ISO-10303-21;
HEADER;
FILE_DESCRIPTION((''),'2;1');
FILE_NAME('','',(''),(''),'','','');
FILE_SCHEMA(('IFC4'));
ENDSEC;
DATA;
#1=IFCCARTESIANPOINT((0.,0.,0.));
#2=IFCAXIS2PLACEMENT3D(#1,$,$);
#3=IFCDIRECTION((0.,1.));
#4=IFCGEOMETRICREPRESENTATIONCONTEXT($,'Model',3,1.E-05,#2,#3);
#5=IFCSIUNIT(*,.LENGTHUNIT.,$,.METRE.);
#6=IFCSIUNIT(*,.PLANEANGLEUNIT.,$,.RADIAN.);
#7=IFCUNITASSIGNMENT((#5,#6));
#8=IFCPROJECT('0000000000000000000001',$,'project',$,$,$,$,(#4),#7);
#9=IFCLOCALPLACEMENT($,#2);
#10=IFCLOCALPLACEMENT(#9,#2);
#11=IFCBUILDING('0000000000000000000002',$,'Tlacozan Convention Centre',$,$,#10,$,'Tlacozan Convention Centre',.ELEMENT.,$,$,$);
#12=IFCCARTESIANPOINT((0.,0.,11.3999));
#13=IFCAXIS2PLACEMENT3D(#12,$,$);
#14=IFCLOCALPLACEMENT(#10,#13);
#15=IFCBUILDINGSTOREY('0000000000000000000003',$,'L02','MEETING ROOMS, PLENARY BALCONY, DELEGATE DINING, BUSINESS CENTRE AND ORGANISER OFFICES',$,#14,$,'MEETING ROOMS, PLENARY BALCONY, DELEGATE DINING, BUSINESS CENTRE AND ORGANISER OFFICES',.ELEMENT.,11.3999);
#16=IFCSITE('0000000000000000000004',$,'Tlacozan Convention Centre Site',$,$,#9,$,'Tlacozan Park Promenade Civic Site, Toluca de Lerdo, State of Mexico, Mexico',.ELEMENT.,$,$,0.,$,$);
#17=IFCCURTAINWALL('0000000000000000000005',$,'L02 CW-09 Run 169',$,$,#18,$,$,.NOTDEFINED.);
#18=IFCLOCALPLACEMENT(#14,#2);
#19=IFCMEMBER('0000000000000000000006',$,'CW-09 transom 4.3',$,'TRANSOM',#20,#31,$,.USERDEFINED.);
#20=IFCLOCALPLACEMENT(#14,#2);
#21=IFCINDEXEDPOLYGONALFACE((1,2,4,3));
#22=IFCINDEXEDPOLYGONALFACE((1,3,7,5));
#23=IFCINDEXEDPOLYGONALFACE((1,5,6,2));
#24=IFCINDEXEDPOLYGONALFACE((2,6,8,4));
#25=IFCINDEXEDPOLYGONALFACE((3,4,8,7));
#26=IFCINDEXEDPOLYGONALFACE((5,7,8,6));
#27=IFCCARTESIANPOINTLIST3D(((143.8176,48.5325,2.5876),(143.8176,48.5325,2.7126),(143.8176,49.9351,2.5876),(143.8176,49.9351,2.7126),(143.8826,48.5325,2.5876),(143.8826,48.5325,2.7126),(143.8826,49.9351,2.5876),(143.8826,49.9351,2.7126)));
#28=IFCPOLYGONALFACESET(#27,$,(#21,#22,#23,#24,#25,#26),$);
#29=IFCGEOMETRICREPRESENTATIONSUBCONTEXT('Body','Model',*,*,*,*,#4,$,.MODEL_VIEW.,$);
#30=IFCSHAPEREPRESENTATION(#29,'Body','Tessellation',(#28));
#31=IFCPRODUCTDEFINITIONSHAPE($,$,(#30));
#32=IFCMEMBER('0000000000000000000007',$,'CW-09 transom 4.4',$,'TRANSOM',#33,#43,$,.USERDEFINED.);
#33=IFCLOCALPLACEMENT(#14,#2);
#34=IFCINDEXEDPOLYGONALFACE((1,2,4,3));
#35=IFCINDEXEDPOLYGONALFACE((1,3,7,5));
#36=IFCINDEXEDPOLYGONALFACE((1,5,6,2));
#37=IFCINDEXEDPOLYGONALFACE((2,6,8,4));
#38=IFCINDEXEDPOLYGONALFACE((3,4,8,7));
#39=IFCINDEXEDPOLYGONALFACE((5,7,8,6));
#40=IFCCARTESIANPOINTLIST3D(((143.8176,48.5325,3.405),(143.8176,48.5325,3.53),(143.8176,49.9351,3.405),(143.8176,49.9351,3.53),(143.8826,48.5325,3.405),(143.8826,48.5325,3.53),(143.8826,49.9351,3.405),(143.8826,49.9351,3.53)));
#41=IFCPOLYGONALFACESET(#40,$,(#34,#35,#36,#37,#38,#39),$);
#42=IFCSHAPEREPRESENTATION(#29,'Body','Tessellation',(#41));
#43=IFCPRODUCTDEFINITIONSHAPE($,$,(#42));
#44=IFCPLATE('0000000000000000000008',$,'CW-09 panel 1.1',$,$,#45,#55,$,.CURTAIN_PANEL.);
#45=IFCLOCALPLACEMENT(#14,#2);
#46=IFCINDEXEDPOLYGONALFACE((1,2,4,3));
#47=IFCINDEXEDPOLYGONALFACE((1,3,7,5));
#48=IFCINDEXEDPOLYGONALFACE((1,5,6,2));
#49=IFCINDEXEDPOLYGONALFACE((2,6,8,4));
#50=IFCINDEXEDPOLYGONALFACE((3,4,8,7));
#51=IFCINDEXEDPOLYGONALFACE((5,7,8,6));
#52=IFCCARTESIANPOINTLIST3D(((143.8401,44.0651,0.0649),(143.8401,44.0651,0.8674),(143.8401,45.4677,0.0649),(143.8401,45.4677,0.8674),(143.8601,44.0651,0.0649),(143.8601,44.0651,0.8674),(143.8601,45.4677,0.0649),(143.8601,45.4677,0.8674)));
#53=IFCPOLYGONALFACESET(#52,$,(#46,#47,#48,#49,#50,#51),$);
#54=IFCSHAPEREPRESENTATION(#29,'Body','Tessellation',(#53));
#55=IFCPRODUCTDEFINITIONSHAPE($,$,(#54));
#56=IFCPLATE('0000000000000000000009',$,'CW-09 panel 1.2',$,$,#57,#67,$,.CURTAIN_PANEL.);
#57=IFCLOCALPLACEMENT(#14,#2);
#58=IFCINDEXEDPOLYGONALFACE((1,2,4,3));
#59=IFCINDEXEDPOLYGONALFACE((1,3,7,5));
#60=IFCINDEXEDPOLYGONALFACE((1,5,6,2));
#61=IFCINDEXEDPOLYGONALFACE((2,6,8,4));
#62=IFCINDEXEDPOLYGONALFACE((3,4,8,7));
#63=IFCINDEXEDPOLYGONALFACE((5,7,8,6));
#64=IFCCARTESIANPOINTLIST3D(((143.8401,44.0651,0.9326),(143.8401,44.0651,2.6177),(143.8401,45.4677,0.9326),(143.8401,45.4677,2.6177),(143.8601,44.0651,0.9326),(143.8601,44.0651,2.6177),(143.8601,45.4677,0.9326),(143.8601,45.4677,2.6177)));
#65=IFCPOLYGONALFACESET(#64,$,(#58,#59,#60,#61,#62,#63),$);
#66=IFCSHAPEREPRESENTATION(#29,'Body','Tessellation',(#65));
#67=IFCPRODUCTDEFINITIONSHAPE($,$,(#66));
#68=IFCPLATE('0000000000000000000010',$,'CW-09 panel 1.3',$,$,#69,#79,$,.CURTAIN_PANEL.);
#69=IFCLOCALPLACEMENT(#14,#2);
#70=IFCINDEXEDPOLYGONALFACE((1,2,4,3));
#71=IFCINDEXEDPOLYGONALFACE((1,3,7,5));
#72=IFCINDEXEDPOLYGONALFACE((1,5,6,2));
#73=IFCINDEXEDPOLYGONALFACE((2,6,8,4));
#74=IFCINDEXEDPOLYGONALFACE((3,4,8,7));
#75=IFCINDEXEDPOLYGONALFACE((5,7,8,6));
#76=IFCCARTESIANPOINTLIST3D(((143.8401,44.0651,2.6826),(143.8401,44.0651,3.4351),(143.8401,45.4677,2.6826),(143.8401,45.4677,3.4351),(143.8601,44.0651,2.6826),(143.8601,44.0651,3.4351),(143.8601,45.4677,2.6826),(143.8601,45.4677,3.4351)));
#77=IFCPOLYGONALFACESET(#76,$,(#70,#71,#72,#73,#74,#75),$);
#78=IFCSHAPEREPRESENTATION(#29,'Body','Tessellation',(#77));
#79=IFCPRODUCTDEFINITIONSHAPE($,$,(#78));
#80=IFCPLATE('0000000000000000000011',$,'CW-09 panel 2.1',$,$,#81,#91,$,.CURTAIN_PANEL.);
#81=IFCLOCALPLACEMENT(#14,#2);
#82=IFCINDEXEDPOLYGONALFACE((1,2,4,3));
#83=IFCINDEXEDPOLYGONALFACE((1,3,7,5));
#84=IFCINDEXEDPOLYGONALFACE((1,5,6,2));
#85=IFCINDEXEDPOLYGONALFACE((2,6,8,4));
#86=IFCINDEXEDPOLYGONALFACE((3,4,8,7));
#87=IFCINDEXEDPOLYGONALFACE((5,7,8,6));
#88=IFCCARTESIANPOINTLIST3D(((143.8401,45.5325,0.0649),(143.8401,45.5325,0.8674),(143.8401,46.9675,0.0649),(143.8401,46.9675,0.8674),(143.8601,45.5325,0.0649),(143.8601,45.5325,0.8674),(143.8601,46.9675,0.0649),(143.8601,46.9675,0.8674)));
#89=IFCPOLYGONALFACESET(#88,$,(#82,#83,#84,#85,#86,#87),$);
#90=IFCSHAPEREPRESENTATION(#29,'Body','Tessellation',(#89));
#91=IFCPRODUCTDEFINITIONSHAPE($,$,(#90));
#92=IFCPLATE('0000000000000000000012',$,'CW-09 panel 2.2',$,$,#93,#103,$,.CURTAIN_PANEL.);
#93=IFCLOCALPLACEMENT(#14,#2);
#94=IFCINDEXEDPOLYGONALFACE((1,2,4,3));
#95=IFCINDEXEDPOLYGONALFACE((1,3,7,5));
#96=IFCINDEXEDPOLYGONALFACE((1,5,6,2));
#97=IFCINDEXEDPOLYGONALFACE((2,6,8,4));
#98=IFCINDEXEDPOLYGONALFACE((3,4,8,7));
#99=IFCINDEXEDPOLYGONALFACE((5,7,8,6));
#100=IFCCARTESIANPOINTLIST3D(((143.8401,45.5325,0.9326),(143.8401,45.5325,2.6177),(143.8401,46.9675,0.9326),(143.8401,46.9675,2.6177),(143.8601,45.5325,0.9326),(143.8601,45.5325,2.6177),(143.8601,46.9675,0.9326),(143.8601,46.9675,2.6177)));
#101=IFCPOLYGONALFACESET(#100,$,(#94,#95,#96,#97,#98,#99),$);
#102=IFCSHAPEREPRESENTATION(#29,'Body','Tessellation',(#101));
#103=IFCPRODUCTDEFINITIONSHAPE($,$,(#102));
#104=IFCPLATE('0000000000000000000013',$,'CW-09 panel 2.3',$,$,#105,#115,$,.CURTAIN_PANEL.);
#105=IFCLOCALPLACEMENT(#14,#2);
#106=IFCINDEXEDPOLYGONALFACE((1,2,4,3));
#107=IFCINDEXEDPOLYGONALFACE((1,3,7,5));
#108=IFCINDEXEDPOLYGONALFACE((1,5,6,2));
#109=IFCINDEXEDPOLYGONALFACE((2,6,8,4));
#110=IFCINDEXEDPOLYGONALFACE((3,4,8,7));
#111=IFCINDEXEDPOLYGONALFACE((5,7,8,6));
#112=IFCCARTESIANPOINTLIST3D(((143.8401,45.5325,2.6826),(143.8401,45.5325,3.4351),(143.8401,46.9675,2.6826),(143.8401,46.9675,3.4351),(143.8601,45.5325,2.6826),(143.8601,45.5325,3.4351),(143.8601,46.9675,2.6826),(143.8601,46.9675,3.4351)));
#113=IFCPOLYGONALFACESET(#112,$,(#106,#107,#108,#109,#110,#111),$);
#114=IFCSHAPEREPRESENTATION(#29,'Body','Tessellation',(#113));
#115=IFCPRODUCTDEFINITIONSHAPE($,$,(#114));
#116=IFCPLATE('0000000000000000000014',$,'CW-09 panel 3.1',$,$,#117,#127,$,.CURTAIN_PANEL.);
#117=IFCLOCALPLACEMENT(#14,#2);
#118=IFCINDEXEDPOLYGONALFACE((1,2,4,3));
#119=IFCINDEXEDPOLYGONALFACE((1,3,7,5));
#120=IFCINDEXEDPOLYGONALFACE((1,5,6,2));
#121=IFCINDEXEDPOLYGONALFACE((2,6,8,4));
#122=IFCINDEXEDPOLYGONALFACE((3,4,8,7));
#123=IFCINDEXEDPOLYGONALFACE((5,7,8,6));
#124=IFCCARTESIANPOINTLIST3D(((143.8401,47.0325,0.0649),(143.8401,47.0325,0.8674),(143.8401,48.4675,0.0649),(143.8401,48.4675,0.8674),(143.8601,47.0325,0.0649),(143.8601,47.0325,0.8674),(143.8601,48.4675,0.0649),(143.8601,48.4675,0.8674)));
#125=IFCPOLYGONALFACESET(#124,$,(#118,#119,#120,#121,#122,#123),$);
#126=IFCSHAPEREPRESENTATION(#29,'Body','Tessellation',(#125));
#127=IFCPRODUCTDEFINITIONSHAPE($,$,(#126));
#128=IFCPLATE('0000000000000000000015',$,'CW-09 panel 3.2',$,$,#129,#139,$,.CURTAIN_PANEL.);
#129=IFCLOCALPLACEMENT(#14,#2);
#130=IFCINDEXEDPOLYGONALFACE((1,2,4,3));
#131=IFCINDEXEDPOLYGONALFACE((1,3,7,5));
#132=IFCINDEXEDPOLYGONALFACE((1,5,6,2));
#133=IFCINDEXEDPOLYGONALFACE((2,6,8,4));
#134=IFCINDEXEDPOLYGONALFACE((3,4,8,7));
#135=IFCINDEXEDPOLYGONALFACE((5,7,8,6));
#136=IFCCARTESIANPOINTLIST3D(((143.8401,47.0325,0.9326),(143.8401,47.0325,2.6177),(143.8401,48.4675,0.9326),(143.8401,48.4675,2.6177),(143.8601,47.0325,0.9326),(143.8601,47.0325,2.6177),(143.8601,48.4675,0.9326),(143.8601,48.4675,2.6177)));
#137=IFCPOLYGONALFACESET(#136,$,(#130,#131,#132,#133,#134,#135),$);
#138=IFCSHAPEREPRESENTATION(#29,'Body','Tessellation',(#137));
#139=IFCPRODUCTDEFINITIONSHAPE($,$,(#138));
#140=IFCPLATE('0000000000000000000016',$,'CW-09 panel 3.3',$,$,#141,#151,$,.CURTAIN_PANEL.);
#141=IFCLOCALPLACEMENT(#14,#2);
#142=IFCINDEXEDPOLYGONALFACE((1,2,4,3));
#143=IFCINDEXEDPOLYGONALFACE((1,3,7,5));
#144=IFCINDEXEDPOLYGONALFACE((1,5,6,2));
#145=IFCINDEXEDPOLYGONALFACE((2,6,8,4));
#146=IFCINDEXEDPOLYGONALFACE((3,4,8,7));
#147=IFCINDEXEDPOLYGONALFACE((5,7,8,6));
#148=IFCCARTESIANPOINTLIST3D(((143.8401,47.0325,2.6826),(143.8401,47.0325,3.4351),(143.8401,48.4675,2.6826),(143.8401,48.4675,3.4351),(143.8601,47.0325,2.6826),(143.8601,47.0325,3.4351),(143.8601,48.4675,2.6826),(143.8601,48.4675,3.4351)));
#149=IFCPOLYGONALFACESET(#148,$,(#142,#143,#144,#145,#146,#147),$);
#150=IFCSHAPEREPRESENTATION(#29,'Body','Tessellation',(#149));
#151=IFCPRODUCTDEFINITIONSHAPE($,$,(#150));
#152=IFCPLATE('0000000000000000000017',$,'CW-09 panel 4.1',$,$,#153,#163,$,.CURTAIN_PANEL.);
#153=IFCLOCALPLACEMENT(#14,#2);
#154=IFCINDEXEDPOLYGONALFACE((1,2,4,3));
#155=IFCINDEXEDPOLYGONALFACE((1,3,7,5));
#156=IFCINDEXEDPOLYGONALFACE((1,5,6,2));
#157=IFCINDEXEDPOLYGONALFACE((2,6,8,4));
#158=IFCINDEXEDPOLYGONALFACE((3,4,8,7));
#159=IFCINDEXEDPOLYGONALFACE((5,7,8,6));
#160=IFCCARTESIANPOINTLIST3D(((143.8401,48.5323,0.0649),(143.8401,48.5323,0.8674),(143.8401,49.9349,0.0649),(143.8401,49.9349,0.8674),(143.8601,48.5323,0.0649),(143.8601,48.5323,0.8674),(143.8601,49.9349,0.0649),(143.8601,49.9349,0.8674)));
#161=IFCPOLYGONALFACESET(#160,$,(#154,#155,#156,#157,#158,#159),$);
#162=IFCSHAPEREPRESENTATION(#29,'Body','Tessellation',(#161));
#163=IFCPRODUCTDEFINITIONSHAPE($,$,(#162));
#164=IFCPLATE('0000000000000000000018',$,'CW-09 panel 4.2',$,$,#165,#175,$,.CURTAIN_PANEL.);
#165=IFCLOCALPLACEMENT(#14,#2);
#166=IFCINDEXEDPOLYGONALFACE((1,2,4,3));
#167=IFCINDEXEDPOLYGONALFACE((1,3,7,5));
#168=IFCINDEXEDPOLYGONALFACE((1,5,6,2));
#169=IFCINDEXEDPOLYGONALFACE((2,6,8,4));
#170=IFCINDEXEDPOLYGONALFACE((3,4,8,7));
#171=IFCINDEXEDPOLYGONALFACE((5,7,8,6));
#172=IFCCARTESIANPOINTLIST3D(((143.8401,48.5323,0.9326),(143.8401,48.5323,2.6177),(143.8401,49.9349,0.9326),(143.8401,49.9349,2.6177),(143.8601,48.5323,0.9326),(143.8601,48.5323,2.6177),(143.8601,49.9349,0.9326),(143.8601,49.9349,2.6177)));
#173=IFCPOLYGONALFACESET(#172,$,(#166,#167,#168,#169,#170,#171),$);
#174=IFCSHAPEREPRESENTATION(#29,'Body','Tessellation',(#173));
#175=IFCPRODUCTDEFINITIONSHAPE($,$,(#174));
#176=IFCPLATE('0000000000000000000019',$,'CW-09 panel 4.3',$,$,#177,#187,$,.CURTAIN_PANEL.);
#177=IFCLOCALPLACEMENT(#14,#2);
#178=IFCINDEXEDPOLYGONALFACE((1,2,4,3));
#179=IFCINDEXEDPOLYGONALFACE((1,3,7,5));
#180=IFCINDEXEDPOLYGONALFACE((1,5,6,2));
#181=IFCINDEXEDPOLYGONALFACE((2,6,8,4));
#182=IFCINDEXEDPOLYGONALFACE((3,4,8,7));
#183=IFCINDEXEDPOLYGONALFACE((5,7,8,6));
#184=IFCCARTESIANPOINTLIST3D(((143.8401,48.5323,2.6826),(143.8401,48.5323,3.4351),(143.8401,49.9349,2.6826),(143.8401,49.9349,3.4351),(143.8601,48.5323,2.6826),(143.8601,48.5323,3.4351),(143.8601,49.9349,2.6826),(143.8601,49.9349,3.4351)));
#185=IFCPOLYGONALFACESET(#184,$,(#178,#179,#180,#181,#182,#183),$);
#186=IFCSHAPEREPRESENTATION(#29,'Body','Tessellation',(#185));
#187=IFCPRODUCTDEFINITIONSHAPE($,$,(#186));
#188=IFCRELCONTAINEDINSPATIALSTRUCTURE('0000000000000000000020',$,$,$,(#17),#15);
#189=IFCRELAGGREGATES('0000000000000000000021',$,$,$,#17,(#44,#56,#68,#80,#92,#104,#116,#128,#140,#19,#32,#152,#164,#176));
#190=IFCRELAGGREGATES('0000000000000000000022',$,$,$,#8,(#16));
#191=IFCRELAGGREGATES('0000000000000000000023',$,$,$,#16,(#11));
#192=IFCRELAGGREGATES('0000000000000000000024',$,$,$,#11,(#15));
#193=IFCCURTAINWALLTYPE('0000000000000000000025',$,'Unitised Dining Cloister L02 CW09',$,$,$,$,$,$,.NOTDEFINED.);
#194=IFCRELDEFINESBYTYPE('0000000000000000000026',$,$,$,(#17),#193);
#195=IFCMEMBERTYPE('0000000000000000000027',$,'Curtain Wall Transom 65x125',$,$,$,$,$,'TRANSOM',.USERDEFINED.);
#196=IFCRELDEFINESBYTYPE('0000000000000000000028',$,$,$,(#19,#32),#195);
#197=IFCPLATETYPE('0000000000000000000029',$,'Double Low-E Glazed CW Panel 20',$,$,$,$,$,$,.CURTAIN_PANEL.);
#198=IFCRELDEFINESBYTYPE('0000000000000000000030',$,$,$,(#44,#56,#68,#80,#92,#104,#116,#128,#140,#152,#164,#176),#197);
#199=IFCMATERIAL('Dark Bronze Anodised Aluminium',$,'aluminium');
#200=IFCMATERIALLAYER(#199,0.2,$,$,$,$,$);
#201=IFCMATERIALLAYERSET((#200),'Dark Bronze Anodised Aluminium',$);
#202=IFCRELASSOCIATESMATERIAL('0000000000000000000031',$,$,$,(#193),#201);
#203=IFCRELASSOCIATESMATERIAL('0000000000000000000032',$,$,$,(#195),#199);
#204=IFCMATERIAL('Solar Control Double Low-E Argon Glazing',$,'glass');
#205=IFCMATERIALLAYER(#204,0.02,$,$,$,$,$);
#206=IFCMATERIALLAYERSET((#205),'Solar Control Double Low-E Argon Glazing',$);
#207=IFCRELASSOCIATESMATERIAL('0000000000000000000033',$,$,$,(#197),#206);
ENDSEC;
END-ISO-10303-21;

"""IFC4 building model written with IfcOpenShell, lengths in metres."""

from ifc_helpers import new_model, si_unit, direction, frame, origin, origin_2d, place, context, subcontext, project, spatial, rectangle, extrude, material, layer, layer_set, material_profile, profile_set, type_object, element, aggregate, save


model = new_model("IFC4")

# Units and contexts
model_context = context("Model", 3, precision=1e-05, world=origin(), true_north=direction((0.0, 1.0)))
body_context = subcontext(model_context, "Body", "Model", "MODEL_VIEW")
ifc_project = project(units=[si_unit("LENGTHUNIT", "METRE"), si_unit("PLANEANGLEUNIT", "RADIAN")], contexts=[model_context])

# Site, building, storey
site_placement = place(None, origin())
site = spatial("IfcSite", under=ifc_project, at=site_placement, Name="Tlacozan Convention Centre Site", LongName="Tlacozan Park Promenade Civic Site, Toluca de Lerdo, State of Mexico, Mexico", CompositionType="ELEMENT", RefElevation=0.0)
building_placement = place(site_placement, origin())
building = spatial("IfcBuilding", under=site, at=building_placement, Name="Tlacozan Convention Centre", LongName="Tlacozan Convention Centre", CompositionType="ELEMENT")
storey_placement = place(building_placement, frame((0.0, 0.0, 11.3999)))
storey = spatial("IfcBuildingStorey", under=building, at=storey_placement, Name="L02", Description="MEETING ROOMS, PLENARY BALCONY, DELEGATE DINING, BUSINESS CENTRE AND ORGANISER OFFICES", LongName="MEETING ROOMS, PLENARY BALCONY, DELEGATE DINING, BUSINESS CENTRE AND ORGANISER OFFICES", CompositionType="ELEMENT", Elevation=11.3999)

# Curtain wall, members, plates
ifc_material_1 = material(Name="Dark Bronze Anodised Aluminium", Category="aluminium")
ifc_layer_1 = layer(ifc_material_1, 0.2)
ifc_layer_set_1 = layer_set([ifc_layer_1], Name="Dark Bronze Anodised Aluminium")
curtain_wall_type = type_object("IfcCurtainWallType", Name="Unitised Dining Cloister L02 CW09", PredefinedType="NOTDEFINED", material=ifc_layer_set_1)
curtain_wall_placement = place(storey_placement, origin())
curtain_wall = element("IfcCurtainWall", 1, at=curtain_wall_placement, inside=storey, type_object=curtain_wall_type, Name="L02 CW-09 Run 169", PredefinedType="NOTDEFINED")
ifc_material_profile_1 = material_profile(ifc_material_1, rectangle(XDim=0.0649, YDim=0.125, at=origin_2d()), Name="ALU 65x125")
ifc_profile_set_1 = profile_set([ifc_material_profile_1], Name="Dark Bronze Anodised Aluminium")
member_type_1 = type_object("IfcMemberType", Name="Curtain Wall Transom 65x125", ElementType="TRANSOM", PredefinedType="USERDEFINED", material=ifc_profile_set_1)
member_1_placement = place(storey_placement, frame((143.8501, 48.5325, 2.6501), z_axis=(0.0, 1.0, 0.0), x_axis=(-1.0, 0.0, 0.0)))
member_1 = element("IfcMember", 2, at=member_1_placement, type_object=member_type_1, Name="CW-09 transom 4.3", ObjectType="TRANSOM", PredefinedType="USERDEFINED", context=body_context, shape_type="SweptSolid", body=[
    extrude(rectangle(XDim=0.0649, YDim=0.125, at=origin_2d()), origin(), (0.0, 0.0, 1.0), 1.4026),
])
member_2_placement = place(storey_placement, frame((143.8501, 48.5325, 3.4675), z_axis=(0.0, 1.0, 0.0), x_axis=(-1.0, 0.0, 0.0)))
member_2 = element("IfcMember", 3, at=member_2_placement, type_object=member_type_1, Name="CW-09 transom 4.4", ObjectType="TRANSOM", PredefinedType="USERDEFINED", context=body_context, shape_type="SweptSolid", body=[
    extrude(rectangle(XDim=0.0649, YDim=0.125, at=origin_2d()), origin(), (0.0, 0.0, 1.0), 1.4026),
])
ifc_material_2 = material(Name="Solar Control Double Low-E Argon Glazing", Category="glass")
ifc_layer_2 = layer(ifc_material_2, 0.02)
ifc_layer_set_2 = layer_set([ifc_layer_2], Name="Solar Control Double Low-E Argon Glazing")
plate_type = type_object("IfcPlateType", Name="Double Low-E Glazed CW Panel 20", PredefinedType="CURTAIN_PANEL", material=ifc_layer_set_2)
plate_1_placement = place(storey_placement, frame((143.8501, 44.7664, 0.0649), z_axis=(0.0, 0.0, 1.0), x_axis=(0.0, 1.0, 0.0)))
plate_1 = element("IfcPlate", 4, at=plate_1_placement, type_object=plate_type, Name="CW-09 panel 1.1", PredefinedType="CURTAIN_PANEL", context=body_context, shape_type="SweptSolid", body=[
    extrude(rectangle(XDim=1.4026, YDim=0.02, at=origin_2d()), origin(), (0.0, 0.0, 1.0), 0.8025),
])
plate_2_placement = place(storey_placement, frame((143.8501, 44.7664, 0.9326), z_axis=(0.0, 0.0, 1.0), x_axis=(0.0, 1.0, 0.0)))
plate_2 = element("IfcPlate", 5, at=plate_2_placement, type_object=plate_type, Name="CW-09 panel 1.2", PredefinedType="CURTAIN_PANEL", context=body_context, shape_type="SweptSolid", body=[
    extrude(rectangle(XDim=1.4026, YDim=0.02, at=origin_2d()), origin(), (0.0, 0.0, 1.0), 1.6851),
])
plate_3_placement = place(storey_placement, frame((143.8501, 44.7664, 2.6826), z_axis=(0.0, 0.0, 1.0), x_axis=(0.0, 1.0, 0.0)))
plate_3 = element("IfcPlate", 6, at=plate_3_placement, type_object=plate_type, Name="CW-09 panel 1.3", PredefinedType="CURTAIN_PANEL", context=body_context, shape_type="SweptSolid", body=[
    extrude(rectangle(XDim=1.4026, YDim=0.02, at=origin_2d()), origin(), (0.0, 0.0, 1.0), 0.7524),
])
plate_4_placement = place(storey_placement, frame((143.8501, 46.25, 0.0649), z_axis=(0.0, 0.0, 1.0), x_axis=(0.0, 1.0, 0.0)))
plate_4 = element("IfcPlate", 7, at=plate_4_placement, type_object=plate_type, Name="CW-09 panel 2.1", PredefinedType="CURTAIN_PANEL", context=body_context, shape_type="SweptSolid", body=[
    extrude(rectangle(XDim=1.4351, YDim=0.02, at=origin_2d()), origin(), (0.0, 0.0, 1.0), 0.8025),
])
plate_5_placement = place(storey_placement, frame((143.8501, 46.25, 0.9326), z_axis=(0.0, 0.0, 1.0), x_axis=(0.0, 1.0, 0.0)))
plate_5 = element("IfcPlate", 8, at=plate_5_placement, type_object=plate_type, Name="CW-09 panel 2.2", PredefinedType="CURTAIN_PANEL", context=body_context, shape_type="SweptSolid", body=[
    extrude(rectangle(XDim=1.4351, YDim=0.02, at=origin_2d()), origin(), (0.0, 0.0, 1.0), 1.6851),
])
plate_6_placement = place(storey_placement, frame((143.8501, 46.25, 2.6826), z_axis=(0.0, 0.0, 1.0), x_axis=(0.0, 1.0, 0.0)))
plate_6 = element("IfcPlate", 9, at=plate_6_placement, type_object=plate_type, Name="CW-09 panel 2.3", PredefinedType="CURTAIN_PANEL", context=body_context, shape_type="SweptSolid", body=[
    extrude(rectangle(XDim=1.4351, YDim=0.02, at=origin_2d()), origin(), (0.0, 0.0, 1.0), 0.7524),
])
plate_7_placement = place(storey_placement, frame((143.8501, 47.75, 0.0649), z_axis=(0.0, 0.0, 1.0), x_axis=(0.0, 1.0, 0.0)))
plate_7 = element("IfcPlate", 10, at=plate_7_placement, type_object=plate_type, Name="CW-09 panel 3.1", PredefinedType="CURTAIN_PANEL", context=body_context, shape_type="SweptSolid", body=[
    extrude(rectangle(XDim=1.4351, YDim=0.02, at=origin_2d()), origin(), (0.0, 0.0, 1.0), 0.8025),
])
plate_8_placement = place(storey_placement, frame((143.8501, 47.75, 0.9326), z_axis=(0.0, 0.0, 1.0), x_axis=(0.0, 1.0, 0.0)))
plate_8 = element("IfcPlate", 11, at=plate_8_placement, type_object=plate_type, Name="CW-09 panel 3.2", PredefinedType="CURTAIN_PANEL", context=body_context, shape_type="SweptSolid", body=[
    extrude(rectangle(XDim=1.4351, YDim=0.02, at=origin_2d()), origin(), (0.0, 0.0, 1.0), 1.6851),
])
plate_9_placement = place(storey_placement, frame((143.8501, 47.75, 2.6826), z_axis=(0.0, 0.0, 1.0), x_axis=(0.0, 1.0, 0.0)))
plate_9 = element("IfcPlate", 12, at=plate_9_placement, type_object=plate_type, Name="CW-09 panel 3.3", PredefinedType="CURTAIN_PANEL", context=body_context, shape_type="SweptSolid", body=[
    extrude(rectangle(XDim=1.4351, YDim=0.02, at=origin_2d()), origin(), (0.0, 0.0, 1.0), 0.7524),
])
plate_10_placement = place(storey_placement, frame((143.8501, 49.2336, 0.0649), z_axis=(0.0, 0.0, 1.0), x_axis=(0.0, 1.0, 0.0)))
plate_10 = element("IfcPlate", 13, at=plate_10_placement, type_object=plate_type, Name="CW-09 panel 4.1", PredefinedType="CURTAIN_PANEL", context=body_context, shape_type="SweptSolid", body=[
    extrude(rectangle(XDim=1.4026, YDim=0.02, at=origin_2d()), origin(), (0.0, 0.0, 1.0), 0.8025),
])
plate_11_placement = place(storey_placement, frame((143.8501, 49.2336, 0.9326), z_axis=(0.0, 0.0, 1.0), x_axis=(0.0, 1.0, 0.0)))
plate_11 = element("IfcPlate", 14, at=plate_11_placement, type_object=plate_type, Name="CW-09 panel 4.2", PredefinedType="CURTAIN_PANEL", context=body_context, shape_type="SweptSolid", body=[
    extrude(rectangle(XDim=1.4026, YDim=0.02, at=origin_2d()), origin(), (0.0, 0.0, 1.0), 1.6851),
])
plate_12_placement = place(storey_placement, frame((143.8501, 49.2336, 2.6826), z_axis=(0.0, 0.0, 1.0), x_axis=(0.0, 1.0, 0.0)))
plate_12 = element("IfcPlate", 15, at=plate_12_placement, type_object=plate_type, Name="CW-09 panel 4.3", PredefinedType="CURTAIN_PANEL", context=body_context, shape_type="SweptSolid", body=[
    extrude(rectangle(XDim=1.4026, YDim=0.02, at=origin_2d()), origin(), (0.0, 0.0, 1.0), 0.7524),
])
aggregate(curtain_wall, [plate_1, plate_2, plate_3, plate_4, plate_5, plate_6, plate_7, plate_8, plate_9, member_1, member_2, plate_10, plate_11, plate_12])

save(model, "model.ifc")
